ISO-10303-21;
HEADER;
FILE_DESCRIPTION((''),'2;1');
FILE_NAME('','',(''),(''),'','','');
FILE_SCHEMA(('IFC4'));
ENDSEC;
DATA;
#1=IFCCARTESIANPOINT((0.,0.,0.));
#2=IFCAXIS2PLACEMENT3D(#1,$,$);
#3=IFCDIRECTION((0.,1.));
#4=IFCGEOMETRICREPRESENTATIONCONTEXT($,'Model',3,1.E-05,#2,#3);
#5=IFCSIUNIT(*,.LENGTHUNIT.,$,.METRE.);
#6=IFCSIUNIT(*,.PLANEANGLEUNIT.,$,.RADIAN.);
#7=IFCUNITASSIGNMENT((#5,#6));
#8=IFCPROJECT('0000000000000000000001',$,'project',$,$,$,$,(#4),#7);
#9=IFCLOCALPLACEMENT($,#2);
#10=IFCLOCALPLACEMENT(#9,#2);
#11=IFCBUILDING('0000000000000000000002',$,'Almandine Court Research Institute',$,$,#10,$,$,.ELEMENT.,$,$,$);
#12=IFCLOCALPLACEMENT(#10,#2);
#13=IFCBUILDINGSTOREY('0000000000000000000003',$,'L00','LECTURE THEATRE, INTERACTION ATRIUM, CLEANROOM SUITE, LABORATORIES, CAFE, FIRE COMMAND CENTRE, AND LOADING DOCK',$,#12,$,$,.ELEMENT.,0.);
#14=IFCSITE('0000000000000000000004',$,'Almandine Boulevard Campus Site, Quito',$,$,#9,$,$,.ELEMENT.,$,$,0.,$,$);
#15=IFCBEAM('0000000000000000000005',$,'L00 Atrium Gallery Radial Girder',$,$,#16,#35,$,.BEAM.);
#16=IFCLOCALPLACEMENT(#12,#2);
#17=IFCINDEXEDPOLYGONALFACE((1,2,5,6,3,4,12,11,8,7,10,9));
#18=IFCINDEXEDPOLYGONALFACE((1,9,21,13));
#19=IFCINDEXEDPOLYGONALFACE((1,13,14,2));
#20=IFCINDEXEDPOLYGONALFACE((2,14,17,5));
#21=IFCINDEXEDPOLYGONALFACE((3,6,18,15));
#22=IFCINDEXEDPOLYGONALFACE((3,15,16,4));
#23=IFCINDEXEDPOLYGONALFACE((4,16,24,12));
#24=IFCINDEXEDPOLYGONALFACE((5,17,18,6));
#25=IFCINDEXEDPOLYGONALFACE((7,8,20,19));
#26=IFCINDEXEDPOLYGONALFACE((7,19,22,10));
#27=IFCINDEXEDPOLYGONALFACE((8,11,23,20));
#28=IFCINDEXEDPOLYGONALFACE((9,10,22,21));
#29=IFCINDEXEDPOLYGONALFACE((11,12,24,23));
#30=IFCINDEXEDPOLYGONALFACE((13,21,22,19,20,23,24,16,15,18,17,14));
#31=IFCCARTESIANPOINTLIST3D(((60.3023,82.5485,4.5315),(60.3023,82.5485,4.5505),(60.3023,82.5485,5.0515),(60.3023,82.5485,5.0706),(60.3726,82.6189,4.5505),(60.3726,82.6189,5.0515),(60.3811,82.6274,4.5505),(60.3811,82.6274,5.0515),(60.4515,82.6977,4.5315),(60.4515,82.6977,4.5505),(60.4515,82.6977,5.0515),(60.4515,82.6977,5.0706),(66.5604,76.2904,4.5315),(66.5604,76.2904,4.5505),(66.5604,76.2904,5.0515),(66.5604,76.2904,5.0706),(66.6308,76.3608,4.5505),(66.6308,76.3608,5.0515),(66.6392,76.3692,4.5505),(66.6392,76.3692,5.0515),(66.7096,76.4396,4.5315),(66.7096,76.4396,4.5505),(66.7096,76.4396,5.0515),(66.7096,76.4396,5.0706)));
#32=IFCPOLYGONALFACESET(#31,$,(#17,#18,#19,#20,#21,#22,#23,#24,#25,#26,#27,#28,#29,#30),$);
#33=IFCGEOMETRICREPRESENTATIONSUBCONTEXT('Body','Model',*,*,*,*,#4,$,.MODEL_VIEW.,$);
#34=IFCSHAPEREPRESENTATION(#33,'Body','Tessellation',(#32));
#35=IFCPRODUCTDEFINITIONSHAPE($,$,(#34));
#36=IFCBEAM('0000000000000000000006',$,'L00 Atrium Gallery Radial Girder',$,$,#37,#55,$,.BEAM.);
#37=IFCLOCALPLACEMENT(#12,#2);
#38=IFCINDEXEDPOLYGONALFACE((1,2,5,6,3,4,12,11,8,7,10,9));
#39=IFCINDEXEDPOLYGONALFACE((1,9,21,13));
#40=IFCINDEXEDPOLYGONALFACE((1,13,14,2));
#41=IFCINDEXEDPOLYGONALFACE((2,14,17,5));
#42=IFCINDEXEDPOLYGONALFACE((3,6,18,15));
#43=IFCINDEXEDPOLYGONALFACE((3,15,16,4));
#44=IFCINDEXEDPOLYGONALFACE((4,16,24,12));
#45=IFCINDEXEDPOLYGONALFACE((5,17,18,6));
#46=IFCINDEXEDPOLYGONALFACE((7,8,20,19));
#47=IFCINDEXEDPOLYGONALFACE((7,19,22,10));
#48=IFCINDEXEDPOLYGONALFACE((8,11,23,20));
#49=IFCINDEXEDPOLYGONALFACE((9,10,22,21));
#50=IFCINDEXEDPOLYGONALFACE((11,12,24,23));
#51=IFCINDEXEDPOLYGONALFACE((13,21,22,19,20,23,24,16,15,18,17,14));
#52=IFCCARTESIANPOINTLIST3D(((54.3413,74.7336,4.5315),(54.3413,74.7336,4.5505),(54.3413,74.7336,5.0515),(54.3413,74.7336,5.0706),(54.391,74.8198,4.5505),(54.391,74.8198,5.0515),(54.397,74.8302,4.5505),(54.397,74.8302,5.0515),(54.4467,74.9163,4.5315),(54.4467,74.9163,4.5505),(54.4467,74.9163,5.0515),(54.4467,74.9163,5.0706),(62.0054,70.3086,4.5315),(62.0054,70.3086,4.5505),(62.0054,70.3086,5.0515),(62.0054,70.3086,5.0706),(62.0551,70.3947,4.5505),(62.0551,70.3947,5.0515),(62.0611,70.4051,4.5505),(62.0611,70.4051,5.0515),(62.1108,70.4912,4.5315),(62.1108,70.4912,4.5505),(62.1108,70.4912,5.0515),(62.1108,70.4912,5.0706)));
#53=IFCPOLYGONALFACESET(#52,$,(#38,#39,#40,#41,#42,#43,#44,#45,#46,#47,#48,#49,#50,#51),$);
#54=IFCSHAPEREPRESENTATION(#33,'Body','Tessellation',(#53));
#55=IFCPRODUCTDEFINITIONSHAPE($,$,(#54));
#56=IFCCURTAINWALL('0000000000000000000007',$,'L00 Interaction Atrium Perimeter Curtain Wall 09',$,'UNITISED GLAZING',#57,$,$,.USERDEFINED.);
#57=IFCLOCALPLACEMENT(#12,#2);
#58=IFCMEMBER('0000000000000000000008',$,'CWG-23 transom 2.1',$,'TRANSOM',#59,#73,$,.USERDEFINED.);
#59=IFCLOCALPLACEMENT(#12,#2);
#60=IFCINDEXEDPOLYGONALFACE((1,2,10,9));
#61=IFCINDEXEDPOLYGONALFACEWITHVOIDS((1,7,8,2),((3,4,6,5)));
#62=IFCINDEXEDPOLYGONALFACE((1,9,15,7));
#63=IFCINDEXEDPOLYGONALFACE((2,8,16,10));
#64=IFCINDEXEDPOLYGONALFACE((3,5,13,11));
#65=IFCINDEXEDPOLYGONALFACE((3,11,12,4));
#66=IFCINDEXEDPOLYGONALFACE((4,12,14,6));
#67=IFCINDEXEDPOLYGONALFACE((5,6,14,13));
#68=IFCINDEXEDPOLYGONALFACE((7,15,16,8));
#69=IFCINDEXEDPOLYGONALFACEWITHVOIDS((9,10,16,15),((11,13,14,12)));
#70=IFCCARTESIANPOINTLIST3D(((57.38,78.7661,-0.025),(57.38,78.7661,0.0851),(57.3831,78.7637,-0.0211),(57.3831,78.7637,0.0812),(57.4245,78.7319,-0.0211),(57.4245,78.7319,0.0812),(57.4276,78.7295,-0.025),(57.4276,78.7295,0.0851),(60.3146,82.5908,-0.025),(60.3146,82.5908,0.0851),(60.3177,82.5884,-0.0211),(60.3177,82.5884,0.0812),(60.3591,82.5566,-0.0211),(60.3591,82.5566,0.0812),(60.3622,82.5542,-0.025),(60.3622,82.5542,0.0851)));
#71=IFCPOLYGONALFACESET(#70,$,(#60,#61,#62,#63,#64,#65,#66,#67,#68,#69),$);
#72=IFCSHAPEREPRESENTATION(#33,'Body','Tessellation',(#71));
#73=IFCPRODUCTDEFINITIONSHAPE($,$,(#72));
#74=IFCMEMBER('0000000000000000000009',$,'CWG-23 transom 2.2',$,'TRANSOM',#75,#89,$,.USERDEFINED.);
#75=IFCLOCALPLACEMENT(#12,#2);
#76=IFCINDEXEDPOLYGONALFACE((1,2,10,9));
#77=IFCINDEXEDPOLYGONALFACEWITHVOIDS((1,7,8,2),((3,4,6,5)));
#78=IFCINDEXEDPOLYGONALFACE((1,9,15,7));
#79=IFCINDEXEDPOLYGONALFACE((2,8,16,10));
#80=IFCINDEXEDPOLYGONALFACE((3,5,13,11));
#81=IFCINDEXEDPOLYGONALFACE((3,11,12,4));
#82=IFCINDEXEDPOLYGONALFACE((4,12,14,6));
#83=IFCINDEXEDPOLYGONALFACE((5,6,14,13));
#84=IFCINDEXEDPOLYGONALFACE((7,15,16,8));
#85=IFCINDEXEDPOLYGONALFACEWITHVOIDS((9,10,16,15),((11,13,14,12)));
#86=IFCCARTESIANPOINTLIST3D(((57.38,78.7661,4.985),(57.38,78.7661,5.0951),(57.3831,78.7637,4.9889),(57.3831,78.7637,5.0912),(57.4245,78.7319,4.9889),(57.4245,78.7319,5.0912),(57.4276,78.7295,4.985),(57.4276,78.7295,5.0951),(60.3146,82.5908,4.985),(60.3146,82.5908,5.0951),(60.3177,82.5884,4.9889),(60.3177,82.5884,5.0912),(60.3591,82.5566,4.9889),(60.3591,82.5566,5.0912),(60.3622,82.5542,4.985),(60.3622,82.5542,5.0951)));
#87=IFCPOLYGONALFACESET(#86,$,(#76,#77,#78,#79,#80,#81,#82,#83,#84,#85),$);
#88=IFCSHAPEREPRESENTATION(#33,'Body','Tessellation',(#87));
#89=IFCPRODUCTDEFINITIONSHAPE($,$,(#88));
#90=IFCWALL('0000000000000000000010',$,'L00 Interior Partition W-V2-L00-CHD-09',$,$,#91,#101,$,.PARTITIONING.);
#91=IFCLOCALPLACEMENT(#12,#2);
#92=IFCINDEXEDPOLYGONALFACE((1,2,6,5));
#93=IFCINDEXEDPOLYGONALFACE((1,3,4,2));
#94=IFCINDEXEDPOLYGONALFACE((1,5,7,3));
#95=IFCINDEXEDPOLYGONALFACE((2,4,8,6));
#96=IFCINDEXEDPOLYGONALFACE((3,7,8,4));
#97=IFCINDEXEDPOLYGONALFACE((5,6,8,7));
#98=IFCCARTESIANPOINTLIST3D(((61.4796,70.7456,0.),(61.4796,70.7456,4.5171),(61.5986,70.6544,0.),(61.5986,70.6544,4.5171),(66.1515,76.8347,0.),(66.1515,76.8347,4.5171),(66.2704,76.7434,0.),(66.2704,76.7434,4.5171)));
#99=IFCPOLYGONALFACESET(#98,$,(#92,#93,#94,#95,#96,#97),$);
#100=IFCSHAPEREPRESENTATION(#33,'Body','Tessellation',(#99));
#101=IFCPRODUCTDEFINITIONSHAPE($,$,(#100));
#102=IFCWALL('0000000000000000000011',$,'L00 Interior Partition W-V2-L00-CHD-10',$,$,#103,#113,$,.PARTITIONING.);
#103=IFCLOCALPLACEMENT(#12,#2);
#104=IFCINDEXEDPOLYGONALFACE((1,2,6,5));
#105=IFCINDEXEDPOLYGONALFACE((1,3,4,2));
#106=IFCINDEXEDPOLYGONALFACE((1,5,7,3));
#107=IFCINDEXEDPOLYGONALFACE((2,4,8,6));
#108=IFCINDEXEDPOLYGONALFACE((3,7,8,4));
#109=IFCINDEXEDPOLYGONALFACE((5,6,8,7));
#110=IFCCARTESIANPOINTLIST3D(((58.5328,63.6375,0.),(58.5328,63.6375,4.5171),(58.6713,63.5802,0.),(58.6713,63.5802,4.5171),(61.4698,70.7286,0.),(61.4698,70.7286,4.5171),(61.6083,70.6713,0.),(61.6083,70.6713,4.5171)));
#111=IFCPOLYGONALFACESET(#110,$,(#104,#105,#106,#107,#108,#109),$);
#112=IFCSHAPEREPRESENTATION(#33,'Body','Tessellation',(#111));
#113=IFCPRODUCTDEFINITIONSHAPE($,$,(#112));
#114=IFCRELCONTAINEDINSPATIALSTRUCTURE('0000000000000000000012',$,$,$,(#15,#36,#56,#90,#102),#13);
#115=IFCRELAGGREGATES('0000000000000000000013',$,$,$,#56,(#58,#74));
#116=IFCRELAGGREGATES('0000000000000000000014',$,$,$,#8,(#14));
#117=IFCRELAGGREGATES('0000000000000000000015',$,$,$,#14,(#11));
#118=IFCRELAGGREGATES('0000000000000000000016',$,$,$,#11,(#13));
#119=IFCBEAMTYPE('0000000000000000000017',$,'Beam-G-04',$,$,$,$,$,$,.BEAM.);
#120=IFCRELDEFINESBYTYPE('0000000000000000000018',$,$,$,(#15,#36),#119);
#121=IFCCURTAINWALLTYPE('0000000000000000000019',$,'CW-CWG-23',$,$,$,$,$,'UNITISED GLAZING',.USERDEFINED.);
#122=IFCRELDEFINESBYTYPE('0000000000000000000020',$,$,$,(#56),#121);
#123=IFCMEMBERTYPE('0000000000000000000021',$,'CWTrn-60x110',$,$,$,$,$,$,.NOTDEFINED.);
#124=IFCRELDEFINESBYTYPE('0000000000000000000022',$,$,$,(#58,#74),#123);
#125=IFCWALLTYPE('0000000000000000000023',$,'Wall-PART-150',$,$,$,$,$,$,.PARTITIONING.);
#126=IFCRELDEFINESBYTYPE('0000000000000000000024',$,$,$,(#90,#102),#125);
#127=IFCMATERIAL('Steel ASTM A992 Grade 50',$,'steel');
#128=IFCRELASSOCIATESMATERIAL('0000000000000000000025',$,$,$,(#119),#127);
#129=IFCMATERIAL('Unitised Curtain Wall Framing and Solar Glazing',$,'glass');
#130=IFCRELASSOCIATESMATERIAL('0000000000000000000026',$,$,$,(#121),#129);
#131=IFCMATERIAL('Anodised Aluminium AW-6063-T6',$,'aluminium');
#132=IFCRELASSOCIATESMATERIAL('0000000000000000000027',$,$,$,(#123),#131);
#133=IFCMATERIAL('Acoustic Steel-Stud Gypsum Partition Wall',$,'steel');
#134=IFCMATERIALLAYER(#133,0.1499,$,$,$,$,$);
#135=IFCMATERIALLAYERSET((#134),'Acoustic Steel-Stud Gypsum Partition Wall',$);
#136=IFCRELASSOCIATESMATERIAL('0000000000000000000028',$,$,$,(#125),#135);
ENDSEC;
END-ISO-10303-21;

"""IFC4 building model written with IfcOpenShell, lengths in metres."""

from ifc_helpers import new_model, si_unit, direction, frame, frame_2d, origin, origin_2d, place, context, subcontext, project, spatial, rectangle, hollow_rectangle, i_section, extrude, material, layer, layer_set, material_profile, profile_set, type_object, element, aggregate, save


model = new_model("IFC4")

# Units and contexts
model_context = context("Model", 3, precision=1e-05, world=origin(), true_north=direction((0.0, 1.0)))
body_context = subcontext(model_context, "Body", "Model", "MODEL_VIEW")
ifc_project = project(units=[si_unit("LENGTHUNIT", "METRE"), si_unit("PLANEANGLEUNIT", "RADIAN")], contexts=[model_context])

# Site, building, storey
site_placement = place(None, origin())
site = spatial("IfcSite", under=ifc_project, at=site_placement, Name="Almandine Boulevard Campus Site, Quito", CompositionType="ELEMENT", RefElevation=0.0)
building_placement = place(site_placement, origin())
building = spatial("IfcBuilding", under=site, at=building_placement, Name="Almandine Court Research Institute", CompositionType="ELEMENT")
storey_placement = place(building_placement, origin())
storey = spatial("IfcBuildingStorey", under=building, at=storey_placement, Name="L00", Description="LECTURE THEATRE, INTERACTION ATRIUM, CLEANROOM SUITE, LABORATORIES, CAFE, FIRE COMMAND CENTRE, AND LOADING DOCK", CompositionType="ELEMENT", Elevation=0.0)

# Shared definitions
ifc_material_1 = material(Name="Steel ASTM A992 Grade 50", Category="steel")

# Beams
ifc_material_profile_1 = material_profile(ifc_material_1, i_section(OverallWidth=0.2109, OverallDepth=0.5391, WebThickness=0.012, FlangeThickness=0.019, at=origin_2d()), Name="W530x109")
ifc_profile_set_1 = profile_set([ifc_material_profile_1], Name="Steel ASTM A992 Grade 50")
beam_type_1 = type_object("IfcBeamType", Name="Beam-G-04", PredefinedType="BEAM", material=ifc_profile_set_1)
beam_1_placement = place(storey_placement, frame((66.635, 76.365, 4.801), z_axis=(-0.707107, 0.707107, 0.0), x_axis=(-0.707107, -0.707107, 0.0)))
element("IfcBeam", 1, at=beam_1_placement, inside=storey, type_object=beam_type_1, Name="L00 Atrium Gallery Radial Girder", PredefinedType="BEAM", context=body_context, shape_type="SweptSolid", body=[
    extrude(i_section(OverallWidth=0.2109, OverallDepth=0.5391, WebThickness=0.012, FlangeThickness=0.019, at=origin_2d()), origin(), (0.0, 0.0, 1.0), 8.8503),
])
beam_2_placement = place(storey_placement, frame((62.0581, 70.3999, 4.801), z_axis=(-0.866016, 0.500017, 0.0), x_axis=(-0.500017, -0.866016, 0.0)))
element("IfcBeam", 2, at=beam_2_placement, inside=storey, type_object=beam_type_1, Name="L00 Atrium Gallery Radial Girder", PredefinedType="BEAM", context=body_context, shape_type="SweptSolid", body=[
    extrude(i_section(OverallWidth=0.2109, OverallDepth=0.5391, WebThickness=0.012, FlangeThickness=0.019, at=origin_2d()), origin(), (0.0, 0.0, 1.0), 8.8499),
])

# Curtain wall, members
ifc_material_2 = material(Name="Unitised Curtain Wall Framing and Solar Glazing", Category="glass")
curtain_wall_type = type_object("IfcCurtainWallType", Name="CW-CWG-23", ElementType="UNITISED GLAZING", PredefinedType="USERDEFINED", material=ifc_material_2)
curtain_wall_placement = place(storey_placement, origin())
curtain_wall = element("IfcCurtainWall", 3, at=curtain_wall_placement, inside=storey, type_object=curtain_wall_type, Name="L00 Interaction Atrium Perimeter Curtain Wall 09", ObjectType="UNITISED GLAZING", PredefinedType="USERDEFINED")
ifc_material_3 = material(Name="Anodised Aluminium AW-6063-T6", Category="aluminium")
ifc_material_profile_2 = material_profile(ifc_material_3, hollow_rectangle(XDim=0.0601, YDim=0.1101, WallThickness=0.0039, at=origin_2d()), Name="ALU RHS 60x110x4")
ifc_profile_set_2 = profile_set([ifc_material_profile_2], Name="Anodised Aluminium AW-6063-T6")
member_type = type_object("IfcMemberType", Name="CWTrn-60x110", PredefinedType="NOTDEFINED", material=ifc_profile_set_2)
member_1_placement = place(storey_placement, frame((57.4038, 78.7478, 0.03), z_axis=(0.608731, 0.793376, 0.0), x_axis=(-0.793376, 0.608731, 0.0)))
member_1 = element("IfcMember", 4, at=member_1_placement, type_object=member_type, Name="CWG-23 transom 2.1", ObjectType="TRANSOM", PredefinedType="USERDEFINED", context=body_context, shape_type="SweptSolid", body=[
    extrude(hollow_rectangle(XDim=0.0601, YDim=0.1101, WallThickness=0.0039, at=origin_2d()), origin(), (0.0, 0.0, 1.0), 4.8208),
])
member_2_placement = place(storey_placement, frame((57.4038, 78.7478, 5.04), z_axis=(0.608731, 0.793376, 0.0), x_axis=(-0.793376, 0.608731, 0.0)))
member_2 = element("IfcMember", 5, at=member_2_placement, type_object=member_type, Name="CWG-23 transom 2.2", ObjectType="TRANSOM", PredefinedType="USERDEFINED", context=body_context, shape_type="SweptSolid", body=[
    extrude(hollow_rectangle(XDim=0.0601, YDim=0.1101, WallThickness=0.0039, at=origin_2d()), origin(), (0.0, 0.0, 1.0), 4.8208),
])
aggregate(curtain_wall, [member_1, member_2])

# Walls
ifc_material_4 = material(Name="Acoustic Steel-Stud Gypsum Partition Wall", Category="steel")
ifc_layer = layer(ifc_material_4, 0.1499)
ifc_layer_set = layer_set([ifc_layer], Name="Acoustic Steel-Stud Gypsum Partition Wall")
wall_type = type_object("IfcWallType", Name="Wall-PART-150", PredefinedType="PARTITIONING", material=ifc_layer_set)
wall_1_placement = place(storey_placement, frame((66.2109, 76.7891, 0.0), z_axis=(0.0, 0.0, 1.0), x_axis=(-0.608723, -0.793383, 0.0)))
element("IfcWall", 6, at=wall_1_placement, inside=storey, type_object=wall_type, Name="L00 Interior Partition W-V2-L00-CHD-09", PredefinedType="PARTITIONING", context=body_context, shape_type="SweptSolid", body=[
    extrude(rectangle(XDim=7.6748, YDim=0.1499, at=frame_2d((3.8374, 0.0))), origin(), (0.0, 0.0, 1.0), 4.5171),
])
wall_2_placement = place(storey_placement, frame((61.5391, 70.7, 0.0), z_axis=(0.0, 0.0, 1.0), x_axis=(-0.382661, -0.923889, 0.0)))
element("IfcWall", 7, at=wall_2_placement, inside=storey, type_object=wall_type, Name="L00 Interior Partition W-V2-L00-CHD-10", PredefinedType="PARTITIONING", context=body_context, shape_type="SweptSolid", body=[
    extrude(rectangle(XDim=7.6753, YDim=0.1499, at=frame_2d((3.8376, 0.0))), origin(), (0.0, 0.0, 1.0), 4.5171),
])

save(model, "model.ifc")
